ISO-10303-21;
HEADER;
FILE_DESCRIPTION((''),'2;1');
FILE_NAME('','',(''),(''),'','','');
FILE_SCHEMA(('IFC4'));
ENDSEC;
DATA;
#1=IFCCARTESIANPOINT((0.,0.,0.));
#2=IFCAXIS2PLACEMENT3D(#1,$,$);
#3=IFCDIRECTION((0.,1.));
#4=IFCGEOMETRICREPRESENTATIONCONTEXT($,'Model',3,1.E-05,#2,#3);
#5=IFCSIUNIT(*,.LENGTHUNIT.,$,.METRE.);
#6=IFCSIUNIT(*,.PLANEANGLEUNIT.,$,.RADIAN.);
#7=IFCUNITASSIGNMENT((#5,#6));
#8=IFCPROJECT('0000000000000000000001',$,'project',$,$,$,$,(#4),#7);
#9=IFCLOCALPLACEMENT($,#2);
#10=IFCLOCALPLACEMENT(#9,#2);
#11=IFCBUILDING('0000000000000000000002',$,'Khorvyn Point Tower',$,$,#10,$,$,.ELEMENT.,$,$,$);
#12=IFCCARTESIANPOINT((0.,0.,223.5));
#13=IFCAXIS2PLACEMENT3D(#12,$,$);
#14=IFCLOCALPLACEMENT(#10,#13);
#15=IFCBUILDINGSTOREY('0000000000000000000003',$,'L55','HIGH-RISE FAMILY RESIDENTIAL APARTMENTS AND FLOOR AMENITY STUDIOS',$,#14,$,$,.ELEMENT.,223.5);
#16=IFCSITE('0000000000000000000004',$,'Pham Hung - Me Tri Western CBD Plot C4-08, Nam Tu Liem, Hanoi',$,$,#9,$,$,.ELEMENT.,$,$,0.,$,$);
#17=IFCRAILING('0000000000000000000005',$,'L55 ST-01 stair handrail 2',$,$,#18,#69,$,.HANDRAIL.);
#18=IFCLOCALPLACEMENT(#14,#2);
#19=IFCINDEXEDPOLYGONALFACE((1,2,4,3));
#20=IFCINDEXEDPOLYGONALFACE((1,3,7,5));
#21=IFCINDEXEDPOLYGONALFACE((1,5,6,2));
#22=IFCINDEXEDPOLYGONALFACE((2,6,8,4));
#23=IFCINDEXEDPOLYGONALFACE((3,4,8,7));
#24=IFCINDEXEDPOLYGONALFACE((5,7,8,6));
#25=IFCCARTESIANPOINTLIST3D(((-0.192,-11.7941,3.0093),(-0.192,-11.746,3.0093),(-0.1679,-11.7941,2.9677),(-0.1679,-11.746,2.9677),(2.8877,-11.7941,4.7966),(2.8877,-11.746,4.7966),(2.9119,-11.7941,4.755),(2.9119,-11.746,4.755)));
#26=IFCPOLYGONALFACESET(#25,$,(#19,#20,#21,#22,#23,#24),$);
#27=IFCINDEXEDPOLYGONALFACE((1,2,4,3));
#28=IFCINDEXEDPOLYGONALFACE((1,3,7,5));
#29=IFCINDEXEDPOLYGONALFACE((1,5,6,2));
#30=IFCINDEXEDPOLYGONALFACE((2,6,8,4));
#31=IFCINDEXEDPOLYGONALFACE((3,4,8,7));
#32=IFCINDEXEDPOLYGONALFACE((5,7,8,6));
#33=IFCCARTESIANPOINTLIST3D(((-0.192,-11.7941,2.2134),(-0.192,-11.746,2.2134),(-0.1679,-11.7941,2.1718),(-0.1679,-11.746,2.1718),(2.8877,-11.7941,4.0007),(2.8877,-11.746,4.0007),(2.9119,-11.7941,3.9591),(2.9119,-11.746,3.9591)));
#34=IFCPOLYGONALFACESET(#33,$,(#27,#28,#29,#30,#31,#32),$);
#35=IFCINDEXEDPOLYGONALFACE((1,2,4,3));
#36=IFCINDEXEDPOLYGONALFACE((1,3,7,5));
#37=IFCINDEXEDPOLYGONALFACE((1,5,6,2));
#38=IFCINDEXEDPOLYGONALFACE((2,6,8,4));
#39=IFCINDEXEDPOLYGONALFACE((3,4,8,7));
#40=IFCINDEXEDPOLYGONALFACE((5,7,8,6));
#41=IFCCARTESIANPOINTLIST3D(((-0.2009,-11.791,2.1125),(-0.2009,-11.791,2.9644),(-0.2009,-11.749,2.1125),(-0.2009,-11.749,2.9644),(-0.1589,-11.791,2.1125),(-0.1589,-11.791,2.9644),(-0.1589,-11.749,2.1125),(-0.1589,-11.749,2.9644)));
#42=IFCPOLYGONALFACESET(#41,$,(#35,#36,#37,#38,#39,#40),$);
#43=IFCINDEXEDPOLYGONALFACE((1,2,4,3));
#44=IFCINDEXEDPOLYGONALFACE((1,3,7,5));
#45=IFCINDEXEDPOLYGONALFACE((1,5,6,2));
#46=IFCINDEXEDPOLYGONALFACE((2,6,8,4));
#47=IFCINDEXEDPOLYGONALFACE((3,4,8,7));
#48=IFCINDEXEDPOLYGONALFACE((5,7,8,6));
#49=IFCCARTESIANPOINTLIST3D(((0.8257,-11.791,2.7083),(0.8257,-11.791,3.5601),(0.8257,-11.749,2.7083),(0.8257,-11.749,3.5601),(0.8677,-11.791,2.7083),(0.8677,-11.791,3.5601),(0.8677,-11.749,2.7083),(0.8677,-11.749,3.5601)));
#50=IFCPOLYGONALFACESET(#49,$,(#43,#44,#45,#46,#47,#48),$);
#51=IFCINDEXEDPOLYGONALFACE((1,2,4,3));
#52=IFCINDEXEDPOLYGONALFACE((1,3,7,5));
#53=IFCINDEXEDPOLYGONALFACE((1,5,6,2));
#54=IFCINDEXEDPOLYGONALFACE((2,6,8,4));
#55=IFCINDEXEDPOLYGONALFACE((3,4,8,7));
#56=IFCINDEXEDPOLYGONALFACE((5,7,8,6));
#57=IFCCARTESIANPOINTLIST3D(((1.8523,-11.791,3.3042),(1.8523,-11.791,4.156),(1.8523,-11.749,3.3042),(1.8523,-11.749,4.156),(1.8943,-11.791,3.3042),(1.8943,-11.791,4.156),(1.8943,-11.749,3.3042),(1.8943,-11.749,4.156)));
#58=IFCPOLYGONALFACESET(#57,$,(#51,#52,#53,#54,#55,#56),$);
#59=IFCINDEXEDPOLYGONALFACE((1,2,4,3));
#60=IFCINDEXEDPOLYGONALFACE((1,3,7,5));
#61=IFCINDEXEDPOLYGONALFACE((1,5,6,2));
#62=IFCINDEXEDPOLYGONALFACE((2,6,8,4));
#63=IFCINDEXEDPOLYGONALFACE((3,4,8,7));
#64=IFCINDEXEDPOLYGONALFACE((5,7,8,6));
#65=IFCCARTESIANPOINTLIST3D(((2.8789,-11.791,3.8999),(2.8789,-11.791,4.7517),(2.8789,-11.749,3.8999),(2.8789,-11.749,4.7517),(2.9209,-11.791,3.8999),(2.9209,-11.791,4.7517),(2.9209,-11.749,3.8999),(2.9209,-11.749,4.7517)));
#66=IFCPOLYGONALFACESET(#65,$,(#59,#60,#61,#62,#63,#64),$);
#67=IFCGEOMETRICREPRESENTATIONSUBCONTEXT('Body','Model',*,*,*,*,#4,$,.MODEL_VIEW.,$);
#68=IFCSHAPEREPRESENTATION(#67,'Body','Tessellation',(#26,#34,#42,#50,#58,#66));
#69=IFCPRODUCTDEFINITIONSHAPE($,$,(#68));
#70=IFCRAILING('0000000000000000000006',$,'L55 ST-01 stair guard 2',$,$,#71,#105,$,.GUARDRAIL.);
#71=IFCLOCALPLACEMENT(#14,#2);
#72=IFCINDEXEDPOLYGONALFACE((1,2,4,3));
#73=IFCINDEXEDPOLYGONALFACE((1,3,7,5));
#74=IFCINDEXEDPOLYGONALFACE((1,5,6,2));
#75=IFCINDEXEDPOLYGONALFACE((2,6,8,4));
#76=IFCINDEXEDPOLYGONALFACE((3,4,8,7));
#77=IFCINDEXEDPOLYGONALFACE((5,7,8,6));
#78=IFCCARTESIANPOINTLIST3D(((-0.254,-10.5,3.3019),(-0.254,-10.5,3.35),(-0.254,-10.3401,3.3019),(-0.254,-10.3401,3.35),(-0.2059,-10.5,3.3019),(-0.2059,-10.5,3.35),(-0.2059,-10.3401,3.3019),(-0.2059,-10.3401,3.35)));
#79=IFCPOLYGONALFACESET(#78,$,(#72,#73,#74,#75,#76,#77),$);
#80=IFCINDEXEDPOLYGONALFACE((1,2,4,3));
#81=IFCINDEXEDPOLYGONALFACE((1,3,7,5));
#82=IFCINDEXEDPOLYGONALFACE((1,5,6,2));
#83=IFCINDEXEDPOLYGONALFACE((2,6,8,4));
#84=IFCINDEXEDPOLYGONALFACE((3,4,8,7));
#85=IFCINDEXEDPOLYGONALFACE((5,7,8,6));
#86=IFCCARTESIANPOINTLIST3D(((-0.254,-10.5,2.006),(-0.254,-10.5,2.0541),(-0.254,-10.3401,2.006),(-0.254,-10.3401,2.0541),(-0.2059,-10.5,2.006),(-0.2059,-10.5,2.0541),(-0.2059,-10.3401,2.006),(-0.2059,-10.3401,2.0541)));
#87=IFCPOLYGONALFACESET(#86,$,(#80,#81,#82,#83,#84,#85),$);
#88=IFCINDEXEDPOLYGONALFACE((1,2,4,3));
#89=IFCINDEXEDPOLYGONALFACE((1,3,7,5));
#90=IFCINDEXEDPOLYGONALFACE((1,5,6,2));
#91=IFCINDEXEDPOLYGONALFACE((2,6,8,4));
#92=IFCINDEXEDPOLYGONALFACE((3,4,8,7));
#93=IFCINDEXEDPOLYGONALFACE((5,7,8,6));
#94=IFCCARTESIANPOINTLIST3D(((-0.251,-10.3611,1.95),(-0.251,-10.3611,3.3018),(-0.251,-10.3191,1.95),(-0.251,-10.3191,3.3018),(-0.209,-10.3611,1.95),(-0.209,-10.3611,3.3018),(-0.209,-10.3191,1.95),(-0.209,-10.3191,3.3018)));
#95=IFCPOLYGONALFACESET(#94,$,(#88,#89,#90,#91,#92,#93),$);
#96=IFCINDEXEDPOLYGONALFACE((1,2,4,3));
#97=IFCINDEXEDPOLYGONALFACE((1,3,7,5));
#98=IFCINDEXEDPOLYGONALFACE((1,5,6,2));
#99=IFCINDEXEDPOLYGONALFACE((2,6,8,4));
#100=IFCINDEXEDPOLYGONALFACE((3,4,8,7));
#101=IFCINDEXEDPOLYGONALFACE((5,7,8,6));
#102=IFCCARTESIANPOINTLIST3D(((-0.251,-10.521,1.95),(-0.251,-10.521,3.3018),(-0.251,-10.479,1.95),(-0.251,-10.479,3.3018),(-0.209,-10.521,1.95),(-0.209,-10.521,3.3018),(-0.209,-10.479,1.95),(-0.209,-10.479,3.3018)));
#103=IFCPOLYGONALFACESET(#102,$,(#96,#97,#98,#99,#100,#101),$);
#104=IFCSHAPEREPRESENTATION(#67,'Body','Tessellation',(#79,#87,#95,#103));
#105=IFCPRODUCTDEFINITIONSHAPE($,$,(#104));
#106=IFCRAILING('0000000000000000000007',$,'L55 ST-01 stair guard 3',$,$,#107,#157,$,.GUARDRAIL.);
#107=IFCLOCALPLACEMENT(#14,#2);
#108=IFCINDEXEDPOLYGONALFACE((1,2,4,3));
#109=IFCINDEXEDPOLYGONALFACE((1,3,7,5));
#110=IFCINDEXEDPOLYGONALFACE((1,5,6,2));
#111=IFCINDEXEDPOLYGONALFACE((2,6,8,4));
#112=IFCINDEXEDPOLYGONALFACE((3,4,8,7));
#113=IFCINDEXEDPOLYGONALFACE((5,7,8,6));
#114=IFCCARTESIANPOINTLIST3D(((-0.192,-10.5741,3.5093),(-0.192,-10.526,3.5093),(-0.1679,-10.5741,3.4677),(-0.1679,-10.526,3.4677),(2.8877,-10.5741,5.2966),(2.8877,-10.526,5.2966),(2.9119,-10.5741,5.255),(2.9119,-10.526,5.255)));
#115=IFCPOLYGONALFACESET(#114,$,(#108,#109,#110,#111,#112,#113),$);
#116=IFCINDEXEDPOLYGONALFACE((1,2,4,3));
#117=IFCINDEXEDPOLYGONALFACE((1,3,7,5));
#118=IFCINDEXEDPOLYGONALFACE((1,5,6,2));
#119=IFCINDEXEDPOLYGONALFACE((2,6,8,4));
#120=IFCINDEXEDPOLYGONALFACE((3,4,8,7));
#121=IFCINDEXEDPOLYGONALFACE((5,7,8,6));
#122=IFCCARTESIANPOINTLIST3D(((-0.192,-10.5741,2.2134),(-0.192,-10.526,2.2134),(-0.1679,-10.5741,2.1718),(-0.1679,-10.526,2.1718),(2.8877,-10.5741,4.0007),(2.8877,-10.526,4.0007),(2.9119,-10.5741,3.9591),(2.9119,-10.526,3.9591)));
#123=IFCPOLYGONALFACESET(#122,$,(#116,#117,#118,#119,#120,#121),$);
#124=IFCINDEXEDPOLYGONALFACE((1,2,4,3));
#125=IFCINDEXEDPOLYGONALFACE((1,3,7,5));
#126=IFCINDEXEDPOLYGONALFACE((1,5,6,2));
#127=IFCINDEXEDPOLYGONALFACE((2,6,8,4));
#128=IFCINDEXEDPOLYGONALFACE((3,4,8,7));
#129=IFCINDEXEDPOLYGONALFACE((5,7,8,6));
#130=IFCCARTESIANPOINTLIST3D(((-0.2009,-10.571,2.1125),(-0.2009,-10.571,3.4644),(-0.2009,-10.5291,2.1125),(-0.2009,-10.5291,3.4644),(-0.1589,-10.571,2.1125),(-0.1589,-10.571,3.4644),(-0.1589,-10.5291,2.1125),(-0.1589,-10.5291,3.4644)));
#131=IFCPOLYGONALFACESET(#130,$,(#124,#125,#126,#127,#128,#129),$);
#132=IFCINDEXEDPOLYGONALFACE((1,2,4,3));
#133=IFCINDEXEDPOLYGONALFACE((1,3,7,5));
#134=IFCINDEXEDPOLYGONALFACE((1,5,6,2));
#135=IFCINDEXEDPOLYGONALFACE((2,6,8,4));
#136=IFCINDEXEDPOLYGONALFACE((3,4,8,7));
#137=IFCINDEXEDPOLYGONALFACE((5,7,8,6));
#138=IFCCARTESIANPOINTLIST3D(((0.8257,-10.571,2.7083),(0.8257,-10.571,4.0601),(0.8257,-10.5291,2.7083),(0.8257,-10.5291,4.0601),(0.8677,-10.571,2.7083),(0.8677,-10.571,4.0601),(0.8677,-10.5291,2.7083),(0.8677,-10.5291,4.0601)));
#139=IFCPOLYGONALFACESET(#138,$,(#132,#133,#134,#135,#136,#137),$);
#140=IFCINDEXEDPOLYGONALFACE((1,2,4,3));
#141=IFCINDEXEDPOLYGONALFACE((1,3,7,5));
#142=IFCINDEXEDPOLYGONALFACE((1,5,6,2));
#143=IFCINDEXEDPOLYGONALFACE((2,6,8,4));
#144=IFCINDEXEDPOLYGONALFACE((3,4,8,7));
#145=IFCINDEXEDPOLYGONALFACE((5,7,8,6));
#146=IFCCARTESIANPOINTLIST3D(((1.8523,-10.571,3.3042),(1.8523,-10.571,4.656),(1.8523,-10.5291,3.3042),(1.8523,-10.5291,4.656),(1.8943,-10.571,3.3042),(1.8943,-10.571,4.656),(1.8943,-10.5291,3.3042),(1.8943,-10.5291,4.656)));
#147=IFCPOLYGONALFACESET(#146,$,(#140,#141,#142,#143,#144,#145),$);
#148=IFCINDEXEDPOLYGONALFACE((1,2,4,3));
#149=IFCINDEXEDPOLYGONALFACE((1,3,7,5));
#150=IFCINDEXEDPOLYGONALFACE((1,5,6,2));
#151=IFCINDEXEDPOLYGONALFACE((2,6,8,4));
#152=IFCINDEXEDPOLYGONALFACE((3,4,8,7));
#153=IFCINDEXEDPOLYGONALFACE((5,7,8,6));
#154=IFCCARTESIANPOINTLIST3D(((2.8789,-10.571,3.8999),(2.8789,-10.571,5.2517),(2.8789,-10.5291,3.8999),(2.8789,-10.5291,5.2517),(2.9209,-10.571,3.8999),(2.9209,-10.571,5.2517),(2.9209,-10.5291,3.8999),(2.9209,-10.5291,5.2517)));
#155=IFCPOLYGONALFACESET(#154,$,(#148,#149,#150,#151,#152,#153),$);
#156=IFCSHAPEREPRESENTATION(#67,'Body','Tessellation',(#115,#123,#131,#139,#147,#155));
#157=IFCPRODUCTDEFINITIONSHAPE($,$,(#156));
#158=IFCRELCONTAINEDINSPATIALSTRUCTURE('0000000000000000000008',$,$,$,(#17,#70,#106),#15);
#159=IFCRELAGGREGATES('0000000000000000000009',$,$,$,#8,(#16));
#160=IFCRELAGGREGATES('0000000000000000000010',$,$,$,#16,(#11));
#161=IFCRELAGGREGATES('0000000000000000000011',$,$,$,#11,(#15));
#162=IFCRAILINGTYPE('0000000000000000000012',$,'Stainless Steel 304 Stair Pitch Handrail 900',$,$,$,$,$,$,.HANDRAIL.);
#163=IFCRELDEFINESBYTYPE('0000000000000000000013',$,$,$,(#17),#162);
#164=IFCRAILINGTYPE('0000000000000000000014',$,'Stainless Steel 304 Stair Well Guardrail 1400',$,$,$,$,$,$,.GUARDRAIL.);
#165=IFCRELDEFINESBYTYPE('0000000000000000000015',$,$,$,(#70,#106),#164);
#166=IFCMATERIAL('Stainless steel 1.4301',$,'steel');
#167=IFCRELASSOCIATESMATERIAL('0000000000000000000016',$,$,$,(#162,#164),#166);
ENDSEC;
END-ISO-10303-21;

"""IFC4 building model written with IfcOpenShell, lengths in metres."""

from ifc_helpers import new_model, si_unit, direction, frame, origin, origin_2d, place, context, subcontext, project, spatial, rectangle, extrude, material, type_object, element, save


model = new_model("IFC4")

# Units and contexts
model_context = context("Model", 3, precision=1e-05, world=origin(), true_north=direction((0.0, 1.0)))
body_context = subcontext(model_context, "Body", "Model", "MODEL_VIEW")
ifc_project = project(units=[si_unit("LENGTHUNIT", "METRE"), si_unit("PLANEANGLEUNIT", "RADIAN")], contexts=[model_context])

# Site, building, storey
site_placement = place(None, origin())
site = spatial("IfcSite", under=ifc_project, at=site_placement, Name="Pham Hung - Me Tri Western CBD Plot C4-08, Nam Tu Liem, Hanoi", CompositionType="ELEMENT", RefElevation=0.0)
building_placement = place(site_placement, origin())
building = spatial("IfcBuilding", under=site, at=building_placement, Name="Khorvyn Point Tower", CompositionType="ELEMENT")
storey_placement = place(building_placement, frame((0.0, 0.0, 223.5)))
storey = spatial("IfcBuildingStorey", under=building, at=storey_placement, Name="L55", Description="HIGH-RISE FAMILY RESIDENTIAL APARTMENTS AND FLOOR AMENITY STUDIOS", CompositionType="ELEMENT", Elevation=223.5)

# Shared definitions
ifc_material_1 = material(Name="Stainless steel 1.4301", Category="steel")

# Railings
railing_type_1 = type_object("IfcRailingType", Name="Stainless Steel 304 Stair Pitch Handrail 900", PredefinedType="HANDRAIL", material=ifc_material_1)
railing_1_placement = place(storey_placement, frame((-0.1799, -11.77, 2.1125)))
element("IfcRailing", 1, at=railing_1_placement, inside=storey, type_object=railing_type_1, Name="L55 ST-01 stair handrail 2", PredefinedType="HANDRAIL", context=body_context, shape_type="SweptSolid", body=[
    extrude(rectangle(XDim=0.0481, YDim=0.0481, at=origin_2d()), frame((0.0, 0.0, 0.876), z_axis=(0.864903, 0.0, 0.501939), x_axis=(0.0, 1.0, 0.0)), (0.0, 0.0, 1.0), 3.5608),
    extrude(rectangle(XDim=0.0481, YDim=0.0481, at=origin_2d()), frame((0.0, 0.0, 0.0801), z_axis=(0.864903, 0.0, 0.501939), x_axis=(0.0, 1.0, 0.0)), (0.0, 0.0, 1.0), 3.5608),
    extrude(rectangle(XDim=0.042, YDim=0.042, at=origin_2d()), origin(), (0.0, 0.0, 1.0), 0.8518),
    extrude(rectangle(XDim=0.042, YDim=0.042, at=origin_2d()), frame((1.0266, 0.0, 0.5957)), (0.0, 0.0, 1.0), 0.8518),
    extrude(rectangle(XDim=0.042, YDim=0.042, at=origin_2d()), frame((2.0532, 0.0, 1.1917)), (0.0, 0.0, 1.0), 0.8518),
    extrude(rectangle(XDim=0.042, YDim=0.042, at=origin_2d()), frame((3.0798, 0.0, 1.7874)), (0.0, 0.0, 1.0), 0.8518),
])
railing_type_2 = type_object("IfcRailingType", Name="Stainless Steel 304 Stair Well Guardrail 1400", PredefinedType="GUARDRAIL", material=ifc_material_1)
railing_2_placement = place(storey_placement, frame((-0.23, -10.3401, 1.95)))
element("IfcRailing", 2, at=railing_2_placement, inside=storey, type_object=railing_type_2, Name="L55 ST-01 stair guard 2", PredefinedType="GUARDRAIL", context=body_context, shape_type="SweptSolid", body=[
    extrude(rectangle(XDim=0.0481, YDim=0.0481, at=origin_2d()), frame((0.0, 0.0, 1.376), z_axis=(0.0, -1.0, 0.0), x_axis=(1.0, 0.0, 0.0)), (0.0, 0.0, 1.0), 0.1599),
    extrude(rectangle(XDim=0.0481, YDim=0.0481, at=origin_2d()), frame((0.0, 0.0, 0.0801), z_axis=(0.0, -1.0, 0.0), x_axis=(1.0, 0.0, 0.0)), (0.0, 0.0, 1.0), 0.1599),
    extrude(rectangle(XDim=0.042, YDim=0.042, at=origin_2d()), origin(), (0.0, 0.0, 1.0), 1.3518),
    extrude(rectangle(XDim=0.042, YDim=0.042, at=origin_2d()), frame((0.0, -0.1599, 0.0)), (0.0, 0.0, 1.0), 1.3518),
])
railing_3_placement = place(storey_placement, frame((-0.1799, -10.55, 2.1125)))
element("IfcRailing", 3, at=railing_3_placement, inside=storey, type_object=railing_type_2, Name="L55 ST-01 stair guard 3", PredefinedType="GUARDRAIL", context=body_context, shape_type="SweptSolid", body=[
    extrude(rectangle(XDim=0.0481, YDim=0.0481, at=origin_2d()), frame((0.0, 0.0, 1.376), z_axis=(0.864903, 0.0, 0.501939), x_axis=(0.0, 1.0, 0.0)), (0.0, 0.0, 1.0), 3.5608),
    extrude(rectangle(XDim=0.0481, YDim=0.0481, at=origin_2d()), frame((0.0, 0.0, 0.0801), z_axis=(0.864903, 0.0, 0.501939), x_axis=(0.0, 1.0, 0.0)), (0.0, 0.0, 1.0), 3.5608),
    extrude(rectangle(XDim=0.042, YDim=0.042, at=origin_2d()), origin(), (0.0, 0.0, 1.0), 1.3518),
    extrude(rectangle(XDim=0.042, YDim=0.042, at=origin_2d()), frame((1.0266, 0.0, 0.5957)), (0.0, 0.0, 1.0), 1.3518),
    extrude(rectangle(XDim=0.042, YDim=0.042, at=origin_2d()), frame((2.0532, 0.0, 1.1917)), (0.0, 0.0, 1.0), 1.3518),
    extrude(rectangle(XDim=0.042, YDim=0.042, at=origin_2d()), frame((3.0798, 0.0, 1.7874)), (0.0, 0.0, 1.0), 1.3518),
])

save(model, "model.ifc")
